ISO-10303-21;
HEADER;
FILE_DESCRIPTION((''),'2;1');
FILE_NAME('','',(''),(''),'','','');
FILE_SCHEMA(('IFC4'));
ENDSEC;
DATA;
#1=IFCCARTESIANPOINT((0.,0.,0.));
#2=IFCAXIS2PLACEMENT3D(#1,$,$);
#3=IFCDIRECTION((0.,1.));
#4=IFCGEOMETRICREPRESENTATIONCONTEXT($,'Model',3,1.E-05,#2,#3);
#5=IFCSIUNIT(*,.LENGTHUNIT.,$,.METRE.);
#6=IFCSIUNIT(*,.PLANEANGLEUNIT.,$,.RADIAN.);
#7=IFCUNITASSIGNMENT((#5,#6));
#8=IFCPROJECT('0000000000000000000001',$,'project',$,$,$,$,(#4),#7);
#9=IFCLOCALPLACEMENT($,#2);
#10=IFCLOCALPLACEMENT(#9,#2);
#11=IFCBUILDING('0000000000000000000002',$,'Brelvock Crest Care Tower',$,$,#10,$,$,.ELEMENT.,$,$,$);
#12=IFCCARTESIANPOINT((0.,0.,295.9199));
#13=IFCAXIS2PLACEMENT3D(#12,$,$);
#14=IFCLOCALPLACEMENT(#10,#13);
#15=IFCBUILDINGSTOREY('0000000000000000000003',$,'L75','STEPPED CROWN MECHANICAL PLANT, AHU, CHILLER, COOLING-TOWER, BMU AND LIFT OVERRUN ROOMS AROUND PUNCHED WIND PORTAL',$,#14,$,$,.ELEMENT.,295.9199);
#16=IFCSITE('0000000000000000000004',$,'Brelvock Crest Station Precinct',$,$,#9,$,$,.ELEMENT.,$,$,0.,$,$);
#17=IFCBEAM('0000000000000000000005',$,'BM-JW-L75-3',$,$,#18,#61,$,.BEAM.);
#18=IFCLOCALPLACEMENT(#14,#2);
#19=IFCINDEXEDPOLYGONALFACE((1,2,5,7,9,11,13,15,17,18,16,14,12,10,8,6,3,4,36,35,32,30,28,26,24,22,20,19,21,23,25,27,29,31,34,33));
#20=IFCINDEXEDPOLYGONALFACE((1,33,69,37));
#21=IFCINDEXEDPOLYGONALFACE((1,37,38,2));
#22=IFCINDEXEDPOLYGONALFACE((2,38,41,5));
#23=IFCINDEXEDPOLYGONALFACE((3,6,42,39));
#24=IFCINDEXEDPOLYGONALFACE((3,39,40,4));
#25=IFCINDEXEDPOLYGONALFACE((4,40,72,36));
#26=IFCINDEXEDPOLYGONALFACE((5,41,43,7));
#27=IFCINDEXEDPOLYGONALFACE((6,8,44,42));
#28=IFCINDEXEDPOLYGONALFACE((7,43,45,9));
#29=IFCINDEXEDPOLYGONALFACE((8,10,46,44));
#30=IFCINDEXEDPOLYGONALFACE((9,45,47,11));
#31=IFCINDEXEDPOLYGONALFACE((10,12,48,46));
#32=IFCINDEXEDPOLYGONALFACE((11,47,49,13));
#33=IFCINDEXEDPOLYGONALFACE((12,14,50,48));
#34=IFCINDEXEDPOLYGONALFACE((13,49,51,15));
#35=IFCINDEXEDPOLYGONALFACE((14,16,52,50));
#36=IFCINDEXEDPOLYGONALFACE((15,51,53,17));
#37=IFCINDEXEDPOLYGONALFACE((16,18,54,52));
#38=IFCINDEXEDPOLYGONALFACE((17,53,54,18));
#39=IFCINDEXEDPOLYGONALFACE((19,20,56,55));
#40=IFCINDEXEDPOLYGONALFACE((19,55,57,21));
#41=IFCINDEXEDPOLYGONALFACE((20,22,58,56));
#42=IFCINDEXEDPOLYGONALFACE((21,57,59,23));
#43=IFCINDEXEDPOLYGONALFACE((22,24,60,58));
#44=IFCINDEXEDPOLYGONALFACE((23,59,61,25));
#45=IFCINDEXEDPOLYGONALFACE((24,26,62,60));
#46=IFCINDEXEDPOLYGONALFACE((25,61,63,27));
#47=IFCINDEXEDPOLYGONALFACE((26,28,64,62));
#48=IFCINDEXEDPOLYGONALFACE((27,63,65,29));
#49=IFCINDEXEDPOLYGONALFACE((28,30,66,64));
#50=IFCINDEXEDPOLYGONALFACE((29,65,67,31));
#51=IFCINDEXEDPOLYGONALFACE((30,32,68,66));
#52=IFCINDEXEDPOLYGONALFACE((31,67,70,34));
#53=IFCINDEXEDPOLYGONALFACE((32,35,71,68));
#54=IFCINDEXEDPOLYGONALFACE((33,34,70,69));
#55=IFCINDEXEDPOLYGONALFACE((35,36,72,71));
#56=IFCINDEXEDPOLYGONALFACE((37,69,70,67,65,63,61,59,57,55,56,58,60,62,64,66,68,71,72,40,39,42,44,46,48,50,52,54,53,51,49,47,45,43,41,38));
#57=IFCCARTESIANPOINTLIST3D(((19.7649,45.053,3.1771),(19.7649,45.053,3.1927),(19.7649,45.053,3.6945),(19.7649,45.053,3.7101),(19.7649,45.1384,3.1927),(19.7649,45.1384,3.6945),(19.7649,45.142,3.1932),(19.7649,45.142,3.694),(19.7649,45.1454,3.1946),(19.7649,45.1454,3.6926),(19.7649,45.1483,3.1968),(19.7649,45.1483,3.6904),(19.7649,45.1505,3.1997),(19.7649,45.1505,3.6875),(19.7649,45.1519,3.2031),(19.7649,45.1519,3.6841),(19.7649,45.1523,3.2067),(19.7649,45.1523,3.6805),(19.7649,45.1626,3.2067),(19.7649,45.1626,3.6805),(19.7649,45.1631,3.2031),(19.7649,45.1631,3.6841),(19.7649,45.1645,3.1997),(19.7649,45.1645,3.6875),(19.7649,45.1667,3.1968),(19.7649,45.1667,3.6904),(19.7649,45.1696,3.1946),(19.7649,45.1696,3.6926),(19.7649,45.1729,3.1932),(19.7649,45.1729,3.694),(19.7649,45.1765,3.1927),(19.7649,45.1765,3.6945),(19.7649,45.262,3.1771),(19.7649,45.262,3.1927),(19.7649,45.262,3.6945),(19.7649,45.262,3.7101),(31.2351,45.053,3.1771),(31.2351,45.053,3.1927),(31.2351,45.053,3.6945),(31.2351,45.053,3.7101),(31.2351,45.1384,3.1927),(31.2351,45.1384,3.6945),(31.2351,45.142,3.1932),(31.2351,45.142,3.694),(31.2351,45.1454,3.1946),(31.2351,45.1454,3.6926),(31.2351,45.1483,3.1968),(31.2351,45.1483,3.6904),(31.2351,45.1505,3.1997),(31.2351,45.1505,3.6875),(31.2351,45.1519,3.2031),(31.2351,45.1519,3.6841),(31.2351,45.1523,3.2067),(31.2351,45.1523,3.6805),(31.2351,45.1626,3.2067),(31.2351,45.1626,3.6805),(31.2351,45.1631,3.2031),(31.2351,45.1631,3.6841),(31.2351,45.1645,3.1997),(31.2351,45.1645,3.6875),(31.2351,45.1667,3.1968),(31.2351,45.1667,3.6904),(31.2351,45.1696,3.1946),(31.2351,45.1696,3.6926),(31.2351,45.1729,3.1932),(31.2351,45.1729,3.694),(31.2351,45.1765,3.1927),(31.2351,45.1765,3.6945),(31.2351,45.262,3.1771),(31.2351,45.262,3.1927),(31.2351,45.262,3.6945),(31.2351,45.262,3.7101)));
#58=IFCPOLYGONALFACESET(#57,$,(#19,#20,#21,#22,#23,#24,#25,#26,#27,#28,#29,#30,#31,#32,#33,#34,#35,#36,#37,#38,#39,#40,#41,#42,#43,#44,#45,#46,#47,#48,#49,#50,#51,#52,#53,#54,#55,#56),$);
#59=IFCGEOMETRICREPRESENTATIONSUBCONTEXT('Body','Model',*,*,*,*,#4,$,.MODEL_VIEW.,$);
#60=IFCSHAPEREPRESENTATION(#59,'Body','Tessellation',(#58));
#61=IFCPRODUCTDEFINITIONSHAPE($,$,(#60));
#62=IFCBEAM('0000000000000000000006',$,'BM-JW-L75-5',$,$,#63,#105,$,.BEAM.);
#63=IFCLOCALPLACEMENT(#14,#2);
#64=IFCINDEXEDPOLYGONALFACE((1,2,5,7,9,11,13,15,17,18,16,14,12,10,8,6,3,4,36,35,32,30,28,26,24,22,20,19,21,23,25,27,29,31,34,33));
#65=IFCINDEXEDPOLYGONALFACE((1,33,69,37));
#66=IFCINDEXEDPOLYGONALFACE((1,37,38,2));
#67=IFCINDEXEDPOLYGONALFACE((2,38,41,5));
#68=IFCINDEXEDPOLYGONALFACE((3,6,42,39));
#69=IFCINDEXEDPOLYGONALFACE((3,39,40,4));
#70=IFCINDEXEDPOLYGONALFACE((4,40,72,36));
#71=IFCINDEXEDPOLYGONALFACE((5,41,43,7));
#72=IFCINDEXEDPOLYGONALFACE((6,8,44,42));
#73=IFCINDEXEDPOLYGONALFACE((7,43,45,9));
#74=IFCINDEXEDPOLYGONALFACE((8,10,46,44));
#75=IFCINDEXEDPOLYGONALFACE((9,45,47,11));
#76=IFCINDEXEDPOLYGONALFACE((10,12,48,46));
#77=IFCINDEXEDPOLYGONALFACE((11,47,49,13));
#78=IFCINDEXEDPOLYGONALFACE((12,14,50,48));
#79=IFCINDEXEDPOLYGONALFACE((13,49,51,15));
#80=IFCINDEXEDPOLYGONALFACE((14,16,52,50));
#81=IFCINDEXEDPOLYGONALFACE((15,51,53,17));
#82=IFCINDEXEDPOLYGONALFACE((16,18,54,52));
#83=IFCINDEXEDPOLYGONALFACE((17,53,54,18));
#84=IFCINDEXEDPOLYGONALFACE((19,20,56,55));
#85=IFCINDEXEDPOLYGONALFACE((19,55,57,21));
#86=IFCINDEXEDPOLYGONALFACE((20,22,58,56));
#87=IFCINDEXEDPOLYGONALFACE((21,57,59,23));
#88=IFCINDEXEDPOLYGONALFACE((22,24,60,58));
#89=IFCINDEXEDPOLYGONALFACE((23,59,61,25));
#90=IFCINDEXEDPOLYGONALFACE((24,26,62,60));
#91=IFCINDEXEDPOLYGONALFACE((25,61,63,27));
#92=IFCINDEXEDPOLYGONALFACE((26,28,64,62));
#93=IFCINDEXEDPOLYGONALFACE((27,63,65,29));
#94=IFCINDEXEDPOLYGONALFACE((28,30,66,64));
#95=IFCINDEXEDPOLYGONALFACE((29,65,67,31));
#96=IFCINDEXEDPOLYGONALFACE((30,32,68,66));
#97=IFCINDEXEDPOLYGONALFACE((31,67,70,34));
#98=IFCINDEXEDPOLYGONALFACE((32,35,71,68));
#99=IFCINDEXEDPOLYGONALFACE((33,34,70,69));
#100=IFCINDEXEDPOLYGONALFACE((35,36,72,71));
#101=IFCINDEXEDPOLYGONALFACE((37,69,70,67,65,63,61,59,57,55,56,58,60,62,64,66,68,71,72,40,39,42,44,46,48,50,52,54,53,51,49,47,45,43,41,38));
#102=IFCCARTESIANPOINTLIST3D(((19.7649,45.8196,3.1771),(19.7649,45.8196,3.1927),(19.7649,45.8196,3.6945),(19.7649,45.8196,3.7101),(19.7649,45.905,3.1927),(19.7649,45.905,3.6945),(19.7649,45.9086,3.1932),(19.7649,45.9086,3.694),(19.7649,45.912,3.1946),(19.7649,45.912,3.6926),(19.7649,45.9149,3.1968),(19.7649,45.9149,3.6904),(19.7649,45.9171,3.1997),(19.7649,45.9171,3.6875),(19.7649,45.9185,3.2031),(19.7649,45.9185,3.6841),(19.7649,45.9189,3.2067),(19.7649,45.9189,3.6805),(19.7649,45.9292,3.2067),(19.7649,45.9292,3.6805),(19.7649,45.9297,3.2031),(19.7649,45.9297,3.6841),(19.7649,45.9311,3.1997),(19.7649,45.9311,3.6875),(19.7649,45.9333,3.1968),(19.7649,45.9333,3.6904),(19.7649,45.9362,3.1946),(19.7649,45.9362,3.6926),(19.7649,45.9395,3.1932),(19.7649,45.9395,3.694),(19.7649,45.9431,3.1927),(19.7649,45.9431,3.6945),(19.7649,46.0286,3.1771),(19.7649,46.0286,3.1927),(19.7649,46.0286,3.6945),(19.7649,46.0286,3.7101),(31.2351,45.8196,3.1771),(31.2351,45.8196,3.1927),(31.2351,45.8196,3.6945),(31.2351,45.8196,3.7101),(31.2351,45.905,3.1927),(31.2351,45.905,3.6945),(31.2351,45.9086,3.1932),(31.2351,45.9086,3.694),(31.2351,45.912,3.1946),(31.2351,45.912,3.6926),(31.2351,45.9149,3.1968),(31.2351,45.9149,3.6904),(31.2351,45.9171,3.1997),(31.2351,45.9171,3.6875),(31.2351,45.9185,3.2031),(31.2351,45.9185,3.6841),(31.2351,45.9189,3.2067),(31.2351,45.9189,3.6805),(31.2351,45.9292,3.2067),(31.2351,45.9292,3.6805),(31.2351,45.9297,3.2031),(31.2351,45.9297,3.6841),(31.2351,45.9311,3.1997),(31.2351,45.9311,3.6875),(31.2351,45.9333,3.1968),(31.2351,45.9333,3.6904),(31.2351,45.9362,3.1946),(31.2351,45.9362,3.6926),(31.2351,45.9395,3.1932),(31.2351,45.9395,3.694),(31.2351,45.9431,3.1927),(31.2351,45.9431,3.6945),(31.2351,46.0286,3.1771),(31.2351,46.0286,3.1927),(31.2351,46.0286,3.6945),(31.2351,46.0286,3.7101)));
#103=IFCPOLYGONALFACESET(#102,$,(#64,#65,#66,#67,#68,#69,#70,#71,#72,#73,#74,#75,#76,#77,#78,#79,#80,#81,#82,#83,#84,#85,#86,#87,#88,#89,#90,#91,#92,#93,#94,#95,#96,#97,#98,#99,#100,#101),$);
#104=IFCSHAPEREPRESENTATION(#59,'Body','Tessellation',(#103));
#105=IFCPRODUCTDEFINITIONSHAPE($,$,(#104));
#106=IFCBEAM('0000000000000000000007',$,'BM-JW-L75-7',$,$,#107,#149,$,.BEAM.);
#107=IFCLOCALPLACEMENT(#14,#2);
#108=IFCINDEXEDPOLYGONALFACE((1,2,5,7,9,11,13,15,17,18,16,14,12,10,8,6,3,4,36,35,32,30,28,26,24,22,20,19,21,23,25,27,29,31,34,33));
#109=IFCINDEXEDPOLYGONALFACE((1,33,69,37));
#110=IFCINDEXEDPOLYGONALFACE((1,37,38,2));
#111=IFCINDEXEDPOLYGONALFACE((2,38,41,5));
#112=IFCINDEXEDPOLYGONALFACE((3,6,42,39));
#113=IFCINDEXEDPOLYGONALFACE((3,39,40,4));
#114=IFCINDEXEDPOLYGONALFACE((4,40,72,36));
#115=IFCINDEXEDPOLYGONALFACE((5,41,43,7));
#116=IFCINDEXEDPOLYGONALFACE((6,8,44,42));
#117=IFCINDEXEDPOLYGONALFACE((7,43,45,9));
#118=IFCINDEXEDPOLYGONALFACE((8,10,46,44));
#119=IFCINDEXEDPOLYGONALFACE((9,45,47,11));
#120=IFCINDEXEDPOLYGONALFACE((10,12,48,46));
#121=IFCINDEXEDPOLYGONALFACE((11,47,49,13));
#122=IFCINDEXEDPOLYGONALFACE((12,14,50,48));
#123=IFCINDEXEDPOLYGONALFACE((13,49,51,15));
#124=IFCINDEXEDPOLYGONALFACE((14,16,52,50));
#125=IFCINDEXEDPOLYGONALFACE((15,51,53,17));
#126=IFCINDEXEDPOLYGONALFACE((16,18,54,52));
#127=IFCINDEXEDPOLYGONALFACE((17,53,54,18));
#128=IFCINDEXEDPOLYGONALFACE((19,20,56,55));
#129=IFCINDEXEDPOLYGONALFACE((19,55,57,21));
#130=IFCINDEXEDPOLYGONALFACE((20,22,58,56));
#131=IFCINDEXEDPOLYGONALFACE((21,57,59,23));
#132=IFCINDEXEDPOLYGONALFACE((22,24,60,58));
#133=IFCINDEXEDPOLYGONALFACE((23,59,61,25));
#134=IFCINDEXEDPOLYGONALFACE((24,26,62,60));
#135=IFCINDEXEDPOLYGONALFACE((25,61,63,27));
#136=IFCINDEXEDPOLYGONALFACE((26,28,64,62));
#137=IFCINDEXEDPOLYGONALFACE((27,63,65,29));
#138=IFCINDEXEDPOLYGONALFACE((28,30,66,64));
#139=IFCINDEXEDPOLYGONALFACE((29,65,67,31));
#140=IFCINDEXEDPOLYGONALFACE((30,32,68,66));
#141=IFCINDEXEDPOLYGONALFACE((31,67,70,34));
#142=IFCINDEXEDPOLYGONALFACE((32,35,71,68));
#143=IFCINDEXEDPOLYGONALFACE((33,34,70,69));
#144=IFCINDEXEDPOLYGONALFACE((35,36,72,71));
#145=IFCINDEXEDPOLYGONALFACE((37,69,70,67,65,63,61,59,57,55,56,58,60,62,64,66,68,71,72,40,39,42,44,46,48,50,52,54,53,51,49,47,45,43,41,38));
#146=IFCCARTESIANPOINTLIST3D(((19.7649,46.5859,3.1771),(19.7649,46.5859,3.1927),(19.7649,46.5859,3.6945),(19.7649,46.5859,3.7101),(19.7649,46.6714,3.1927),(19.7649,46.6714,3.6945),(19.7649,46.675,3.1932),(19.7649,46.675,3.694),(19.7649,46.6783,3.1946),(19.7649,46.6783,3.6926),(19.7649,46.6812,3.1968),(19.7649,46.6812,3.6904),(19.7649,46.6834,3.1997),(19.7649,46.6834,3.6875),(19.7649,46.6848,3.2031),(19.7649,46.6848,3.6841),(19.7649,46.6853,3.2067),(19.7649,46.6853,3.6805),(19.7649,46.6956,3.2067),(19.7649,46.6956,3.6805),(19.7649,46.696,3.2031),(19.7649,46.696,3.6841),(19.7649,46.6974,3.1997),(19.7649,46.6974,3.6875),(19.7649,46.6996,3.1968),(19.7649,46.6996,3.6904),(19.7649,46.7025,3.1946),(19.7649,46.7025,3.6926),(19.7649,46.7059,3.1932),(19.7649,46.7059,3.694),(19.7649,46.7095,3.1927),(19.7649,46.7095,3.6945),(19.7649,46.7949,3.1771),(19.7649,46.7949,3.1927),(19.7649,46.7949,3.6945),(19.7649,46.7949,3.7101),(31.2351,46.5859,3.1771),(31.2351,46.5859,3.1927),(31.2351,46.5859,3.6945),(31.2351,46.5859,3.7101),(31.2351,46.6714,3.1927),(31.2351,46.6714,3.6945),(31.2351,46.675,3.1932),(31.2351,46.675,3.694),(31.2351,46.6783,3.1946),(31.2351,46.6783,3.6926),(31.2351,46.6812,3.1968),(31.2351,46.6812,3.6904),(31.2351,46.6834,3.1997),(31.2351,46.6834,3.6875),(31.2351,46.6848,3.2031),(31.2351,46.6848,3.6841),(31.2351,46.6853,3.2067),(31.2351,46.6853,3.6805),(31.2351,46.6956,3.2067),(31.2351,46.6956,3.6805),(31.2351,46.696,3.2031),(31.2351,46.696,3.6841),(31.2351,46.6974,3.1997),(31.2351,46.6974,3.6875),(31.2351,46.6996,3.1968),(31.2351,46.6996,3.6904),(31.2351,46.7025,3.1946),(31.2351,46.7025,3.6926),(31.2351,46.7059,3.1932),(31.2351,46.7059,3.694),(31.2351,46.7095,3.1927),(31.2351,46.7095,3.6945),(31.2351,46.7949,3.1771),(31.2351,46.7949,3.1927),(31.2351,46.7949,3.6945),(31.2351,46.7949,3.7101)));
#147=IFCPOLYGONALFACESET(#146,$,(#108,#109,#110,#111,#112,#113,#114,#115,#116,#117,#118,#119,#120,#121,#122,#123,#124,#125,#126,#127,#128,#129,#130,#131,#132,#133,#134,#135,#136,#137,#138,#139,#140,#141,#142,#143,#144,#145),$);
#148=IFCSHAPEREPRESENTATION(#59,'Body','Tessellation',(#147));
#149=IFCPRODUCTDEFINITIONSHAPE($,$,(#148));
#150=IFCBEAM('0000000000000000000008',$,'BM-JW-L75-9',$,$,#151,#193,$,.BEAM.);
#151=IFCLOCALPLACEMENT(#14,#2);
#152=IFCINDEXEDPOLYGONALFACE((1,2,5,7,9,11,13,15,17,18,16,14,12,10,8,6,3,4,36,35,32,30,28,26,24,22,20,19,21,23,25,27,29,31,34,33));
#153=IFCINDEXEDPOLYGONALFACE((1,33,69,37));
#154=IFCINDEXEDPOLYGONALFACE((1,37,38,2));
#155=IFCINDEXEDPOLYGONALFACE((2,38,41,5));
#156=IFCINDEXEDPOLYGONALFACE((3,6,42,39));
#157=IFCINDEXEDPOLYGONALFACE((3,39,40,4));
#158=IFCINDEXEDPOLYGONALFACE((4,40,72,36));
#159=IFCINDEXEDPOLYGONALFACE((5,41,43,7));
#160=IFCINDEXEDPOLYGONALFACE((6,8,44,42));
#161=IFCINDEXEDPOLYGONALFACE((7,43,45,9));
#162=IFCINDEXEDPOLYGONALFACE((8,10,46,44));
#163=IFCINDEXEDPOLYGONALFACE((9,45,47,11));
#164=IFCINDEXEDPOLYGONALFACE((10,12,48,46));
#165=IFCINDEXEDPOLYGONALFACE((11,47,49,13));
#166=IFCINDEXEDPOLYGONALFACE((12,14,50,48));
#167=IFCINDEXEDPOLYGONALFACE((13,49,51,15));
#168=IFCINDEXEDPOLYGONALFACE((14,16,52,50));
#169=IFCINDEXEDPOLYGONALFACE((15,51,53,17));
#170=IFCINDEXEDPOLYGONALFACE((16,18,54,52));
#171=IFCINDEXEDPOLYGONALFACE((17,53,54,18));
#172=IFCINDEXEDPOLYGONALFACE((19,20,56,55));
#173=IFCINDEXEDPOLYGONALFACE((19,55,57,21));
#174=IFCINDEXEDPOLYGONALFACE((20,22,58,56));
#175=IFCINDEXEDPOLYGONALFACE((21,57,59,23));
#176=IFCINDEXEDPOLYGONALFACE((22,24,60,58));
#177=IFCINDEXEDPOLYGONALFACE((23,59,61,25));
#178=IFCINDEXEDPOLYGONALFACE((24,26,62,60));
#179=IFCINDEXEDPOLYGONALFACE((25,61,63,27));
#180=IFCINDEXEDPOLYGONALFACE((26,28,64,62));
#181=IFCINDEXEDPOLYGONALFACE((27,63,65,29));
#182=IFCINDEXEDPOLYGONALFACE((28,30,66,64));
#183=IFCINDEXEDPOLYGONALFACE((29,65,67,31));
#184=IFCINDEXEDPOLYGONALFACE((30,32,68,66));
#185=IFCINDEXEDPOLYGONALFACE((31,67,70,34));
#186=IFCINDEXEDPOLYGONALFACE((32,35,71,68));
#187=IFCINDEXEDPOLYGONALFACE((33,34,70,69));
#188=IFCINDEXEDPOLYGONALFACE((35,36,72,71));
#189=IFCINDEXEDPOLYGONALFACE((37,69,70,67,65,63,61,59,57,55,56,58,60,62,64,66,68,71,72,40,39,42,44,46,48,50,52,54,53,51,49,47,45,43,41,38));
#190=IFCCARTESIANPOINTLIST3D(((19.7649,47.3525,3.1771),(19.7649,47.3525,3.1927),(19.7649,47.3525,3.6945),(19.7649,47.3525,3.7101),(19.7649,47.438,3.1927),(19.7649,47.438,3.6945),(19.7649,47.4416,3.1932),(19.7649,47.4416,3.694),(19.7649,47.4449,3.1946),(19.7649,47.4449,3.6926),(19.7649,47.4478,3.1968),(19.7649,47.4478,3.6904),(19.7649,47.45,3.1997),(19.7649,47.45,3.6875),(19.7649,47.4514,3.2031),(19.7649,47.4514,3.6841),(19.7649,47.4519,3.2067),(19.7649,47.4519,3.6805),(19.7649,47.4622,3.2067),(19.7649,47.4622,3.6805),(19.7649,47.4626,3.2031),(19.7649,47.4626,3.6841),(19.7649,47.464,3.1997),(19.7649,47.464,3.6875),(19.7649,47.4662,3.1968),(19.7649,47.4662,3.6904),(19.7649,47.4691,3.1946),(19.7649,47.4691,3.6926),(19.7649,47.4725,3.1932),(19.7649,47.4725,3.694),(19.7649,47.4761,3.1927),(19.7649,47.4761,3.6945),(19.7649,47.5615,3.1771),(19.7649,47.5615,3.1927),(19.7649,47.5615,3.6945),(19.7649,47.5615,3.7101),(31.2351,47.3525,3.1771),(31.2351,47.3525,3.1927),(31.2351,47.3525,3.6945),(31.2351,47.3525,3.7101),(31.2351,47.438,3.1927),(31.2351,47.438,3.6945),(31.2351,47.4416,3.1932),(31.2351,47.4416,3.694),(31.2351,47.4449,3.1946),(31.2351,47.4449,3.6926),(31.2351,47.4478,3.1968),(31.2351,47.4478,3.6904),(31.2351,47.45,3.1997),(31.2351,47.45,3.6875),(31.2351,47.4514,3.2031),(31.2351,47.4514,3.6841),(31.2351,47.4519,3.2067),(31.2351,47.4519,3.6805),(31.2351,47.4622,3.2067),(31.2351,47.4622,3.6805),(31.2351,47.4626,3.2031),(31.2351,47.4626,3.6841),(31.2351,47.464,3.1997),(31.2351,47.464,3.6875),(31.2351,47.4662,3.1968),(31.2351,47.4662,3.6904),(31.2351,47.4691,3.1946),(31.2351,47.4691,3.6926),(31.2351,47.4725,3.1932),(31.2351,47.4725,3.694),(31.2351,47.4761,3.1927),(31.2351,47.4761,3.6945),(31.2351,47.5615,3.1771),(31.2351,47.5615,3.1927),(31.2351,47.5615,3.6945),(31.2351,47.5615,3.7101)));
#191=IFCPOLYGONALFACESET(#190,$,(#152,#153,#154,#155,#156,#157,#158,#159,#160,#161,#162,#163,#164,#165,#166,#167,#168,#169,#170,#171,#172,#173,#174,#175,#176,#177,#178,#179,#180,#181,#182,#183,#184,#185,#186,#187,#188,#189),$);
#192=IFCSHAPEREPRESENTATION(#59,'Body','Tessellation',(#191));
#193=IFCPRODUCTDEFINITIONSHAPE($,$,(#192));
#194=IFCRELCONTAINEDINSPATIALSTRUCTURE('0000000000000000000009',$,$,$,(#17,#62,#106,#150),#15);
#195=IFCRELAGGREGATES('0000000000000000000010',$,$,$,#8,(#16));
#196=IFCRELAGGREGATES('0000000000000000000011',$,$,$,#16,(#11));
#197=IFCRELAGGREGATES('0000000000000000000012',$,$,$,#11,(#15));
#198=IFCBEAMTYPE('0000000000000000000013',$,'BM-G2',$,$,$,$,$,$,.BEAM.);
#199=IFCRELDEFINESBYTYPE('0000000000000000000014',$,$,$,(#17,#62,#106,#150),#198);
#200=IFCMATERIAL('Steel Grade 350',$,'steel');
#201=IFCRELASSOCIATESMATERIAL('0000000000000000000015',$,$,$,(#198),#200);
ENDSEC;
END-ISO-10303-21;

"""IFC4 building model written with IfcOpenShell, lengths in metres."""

from ifc_helpers import new_model, si_unit, direction, frame, origin, origin_2d, place, context, subcontext, project, spatial, i_section, extrude, source, transform, mapped, material, material_profile, profile_set, type_object, element, save


model = new_model("IFC4")

# Units and contexts
model_context = context("Model", 3, precision=1e-05, world=origin(), true_north=direction((0.0, 1.0)))
body_context = subcontext(model_context, "Body", "Model", "MODEL_VIEW")
ifc_project = project(units=[si_unit("LENGTHUNIT", "METRE"), si_unit("PLANEANGLEUNIT", "RADIAN")], contexts=[model_context])

# Site, building, storey
site_placement = place(None, origin())
site = spatial("IfcSite", under=ifc_project, at=site_placement, Name="Brelvock Crest Station Precinct", CompositionType="ELEMENT", RefElevation=0.0)
building_placement = place(site_placement, origin())
building = spatial("IfcBuilding", under=site, at=building_placement, Name="Brelvock Crest Care Tower", CompositionType="ELEMENT")
storey_placement = place(building_placement, frame((0.0, 0.0, 295.9199)))
storey = spatial("IfcBuildingStorey", under=building, at=storey_placement, Name="L75", Description="STEPPED CROWN MECHANICAL PLANT, AHU, CHILLER, COOLING-TOWER, BMU AND LIFT OVERRUN ROOMS AROUND PUNCHED WIND PORTAL", CompositionType="ELEMENT", Elevation=295.9199)

# Shared definitions
ifc_material_1 = material(Name="Steel Grade 350", Category="steel")

# Beams
ifc_material_profile_1 = material_profile(ifc_material_1, i_section(OverallWidth=0.209, OverallDepth=0.533, WebThickness=0.0103, FlangeThickness=0.0156, FilletRadius=0.0139, at=origin_2d()), Name="530UB92.4")
ifc_profile_set_1 = profile_set([ifc_material_profile_1], Name="Steel Grade 350")
beam_type_1 = type_object("IfcBeamType", Name="BM-G2", PredefinedType="BEAM", material=ifc_profile_set_1)
shared_shape_1 = source(origin(), body_context, "Body", "SweptSolid", [
    extrude(i_section(OverallWidth=0.209, OverallDepth=0.533, WebThickness=0.0103, FlangeThickness=0.0156, FilletRadius=0.0139, at=origin_2d()), origin(), (0.0, 0.0, 1.0), 11.4702),
])
for number, where, z_axis, x_axis, name in (
    (1, (19.7649, 45.1575, 3.4436), (1.0, 0.0, 0.0), (0.0, 1.0, 0.0), "BM-JW-L75-3"),
    (2, (19.7649, 45.9241, 3.4436), (1.0, 0.0, 0.0), (0.0, 1.0, 0.0), "BM-JW-L75-5"),
    (3, (19.7649, 46.6904, 3.4436), (1.0, 0.0, 0.0), (0.0, 1.0, 0.0), "BM-JW-L75-7"),
    (4, (19.7649, 47.457, 3.4436), (1.0, 0.0, 0.0), (0.0, 1.0, 0.0), "BM-JW-L75-9"),
):
    element("IfcBeam", number, at=place(storey_placement, frame(where, z_axis=z_axis, x_axis=x_axis)), inside=storey, type_object=beam_type_1, Name=name, PredefinedType="BEAM", context=body_context, shape_type="MappedRepresentation", body=[
        mapped(shared_shape_1, transform((0.0, 0.0, 0.0), x_axis=(1.0, 0.0, 0.0), y_axis=(0.0, 1.0, 0.0), z_axis=(0.0, 0.0, 1.0), scale=1.0)),
    ])

save(model, "model.ifc")
